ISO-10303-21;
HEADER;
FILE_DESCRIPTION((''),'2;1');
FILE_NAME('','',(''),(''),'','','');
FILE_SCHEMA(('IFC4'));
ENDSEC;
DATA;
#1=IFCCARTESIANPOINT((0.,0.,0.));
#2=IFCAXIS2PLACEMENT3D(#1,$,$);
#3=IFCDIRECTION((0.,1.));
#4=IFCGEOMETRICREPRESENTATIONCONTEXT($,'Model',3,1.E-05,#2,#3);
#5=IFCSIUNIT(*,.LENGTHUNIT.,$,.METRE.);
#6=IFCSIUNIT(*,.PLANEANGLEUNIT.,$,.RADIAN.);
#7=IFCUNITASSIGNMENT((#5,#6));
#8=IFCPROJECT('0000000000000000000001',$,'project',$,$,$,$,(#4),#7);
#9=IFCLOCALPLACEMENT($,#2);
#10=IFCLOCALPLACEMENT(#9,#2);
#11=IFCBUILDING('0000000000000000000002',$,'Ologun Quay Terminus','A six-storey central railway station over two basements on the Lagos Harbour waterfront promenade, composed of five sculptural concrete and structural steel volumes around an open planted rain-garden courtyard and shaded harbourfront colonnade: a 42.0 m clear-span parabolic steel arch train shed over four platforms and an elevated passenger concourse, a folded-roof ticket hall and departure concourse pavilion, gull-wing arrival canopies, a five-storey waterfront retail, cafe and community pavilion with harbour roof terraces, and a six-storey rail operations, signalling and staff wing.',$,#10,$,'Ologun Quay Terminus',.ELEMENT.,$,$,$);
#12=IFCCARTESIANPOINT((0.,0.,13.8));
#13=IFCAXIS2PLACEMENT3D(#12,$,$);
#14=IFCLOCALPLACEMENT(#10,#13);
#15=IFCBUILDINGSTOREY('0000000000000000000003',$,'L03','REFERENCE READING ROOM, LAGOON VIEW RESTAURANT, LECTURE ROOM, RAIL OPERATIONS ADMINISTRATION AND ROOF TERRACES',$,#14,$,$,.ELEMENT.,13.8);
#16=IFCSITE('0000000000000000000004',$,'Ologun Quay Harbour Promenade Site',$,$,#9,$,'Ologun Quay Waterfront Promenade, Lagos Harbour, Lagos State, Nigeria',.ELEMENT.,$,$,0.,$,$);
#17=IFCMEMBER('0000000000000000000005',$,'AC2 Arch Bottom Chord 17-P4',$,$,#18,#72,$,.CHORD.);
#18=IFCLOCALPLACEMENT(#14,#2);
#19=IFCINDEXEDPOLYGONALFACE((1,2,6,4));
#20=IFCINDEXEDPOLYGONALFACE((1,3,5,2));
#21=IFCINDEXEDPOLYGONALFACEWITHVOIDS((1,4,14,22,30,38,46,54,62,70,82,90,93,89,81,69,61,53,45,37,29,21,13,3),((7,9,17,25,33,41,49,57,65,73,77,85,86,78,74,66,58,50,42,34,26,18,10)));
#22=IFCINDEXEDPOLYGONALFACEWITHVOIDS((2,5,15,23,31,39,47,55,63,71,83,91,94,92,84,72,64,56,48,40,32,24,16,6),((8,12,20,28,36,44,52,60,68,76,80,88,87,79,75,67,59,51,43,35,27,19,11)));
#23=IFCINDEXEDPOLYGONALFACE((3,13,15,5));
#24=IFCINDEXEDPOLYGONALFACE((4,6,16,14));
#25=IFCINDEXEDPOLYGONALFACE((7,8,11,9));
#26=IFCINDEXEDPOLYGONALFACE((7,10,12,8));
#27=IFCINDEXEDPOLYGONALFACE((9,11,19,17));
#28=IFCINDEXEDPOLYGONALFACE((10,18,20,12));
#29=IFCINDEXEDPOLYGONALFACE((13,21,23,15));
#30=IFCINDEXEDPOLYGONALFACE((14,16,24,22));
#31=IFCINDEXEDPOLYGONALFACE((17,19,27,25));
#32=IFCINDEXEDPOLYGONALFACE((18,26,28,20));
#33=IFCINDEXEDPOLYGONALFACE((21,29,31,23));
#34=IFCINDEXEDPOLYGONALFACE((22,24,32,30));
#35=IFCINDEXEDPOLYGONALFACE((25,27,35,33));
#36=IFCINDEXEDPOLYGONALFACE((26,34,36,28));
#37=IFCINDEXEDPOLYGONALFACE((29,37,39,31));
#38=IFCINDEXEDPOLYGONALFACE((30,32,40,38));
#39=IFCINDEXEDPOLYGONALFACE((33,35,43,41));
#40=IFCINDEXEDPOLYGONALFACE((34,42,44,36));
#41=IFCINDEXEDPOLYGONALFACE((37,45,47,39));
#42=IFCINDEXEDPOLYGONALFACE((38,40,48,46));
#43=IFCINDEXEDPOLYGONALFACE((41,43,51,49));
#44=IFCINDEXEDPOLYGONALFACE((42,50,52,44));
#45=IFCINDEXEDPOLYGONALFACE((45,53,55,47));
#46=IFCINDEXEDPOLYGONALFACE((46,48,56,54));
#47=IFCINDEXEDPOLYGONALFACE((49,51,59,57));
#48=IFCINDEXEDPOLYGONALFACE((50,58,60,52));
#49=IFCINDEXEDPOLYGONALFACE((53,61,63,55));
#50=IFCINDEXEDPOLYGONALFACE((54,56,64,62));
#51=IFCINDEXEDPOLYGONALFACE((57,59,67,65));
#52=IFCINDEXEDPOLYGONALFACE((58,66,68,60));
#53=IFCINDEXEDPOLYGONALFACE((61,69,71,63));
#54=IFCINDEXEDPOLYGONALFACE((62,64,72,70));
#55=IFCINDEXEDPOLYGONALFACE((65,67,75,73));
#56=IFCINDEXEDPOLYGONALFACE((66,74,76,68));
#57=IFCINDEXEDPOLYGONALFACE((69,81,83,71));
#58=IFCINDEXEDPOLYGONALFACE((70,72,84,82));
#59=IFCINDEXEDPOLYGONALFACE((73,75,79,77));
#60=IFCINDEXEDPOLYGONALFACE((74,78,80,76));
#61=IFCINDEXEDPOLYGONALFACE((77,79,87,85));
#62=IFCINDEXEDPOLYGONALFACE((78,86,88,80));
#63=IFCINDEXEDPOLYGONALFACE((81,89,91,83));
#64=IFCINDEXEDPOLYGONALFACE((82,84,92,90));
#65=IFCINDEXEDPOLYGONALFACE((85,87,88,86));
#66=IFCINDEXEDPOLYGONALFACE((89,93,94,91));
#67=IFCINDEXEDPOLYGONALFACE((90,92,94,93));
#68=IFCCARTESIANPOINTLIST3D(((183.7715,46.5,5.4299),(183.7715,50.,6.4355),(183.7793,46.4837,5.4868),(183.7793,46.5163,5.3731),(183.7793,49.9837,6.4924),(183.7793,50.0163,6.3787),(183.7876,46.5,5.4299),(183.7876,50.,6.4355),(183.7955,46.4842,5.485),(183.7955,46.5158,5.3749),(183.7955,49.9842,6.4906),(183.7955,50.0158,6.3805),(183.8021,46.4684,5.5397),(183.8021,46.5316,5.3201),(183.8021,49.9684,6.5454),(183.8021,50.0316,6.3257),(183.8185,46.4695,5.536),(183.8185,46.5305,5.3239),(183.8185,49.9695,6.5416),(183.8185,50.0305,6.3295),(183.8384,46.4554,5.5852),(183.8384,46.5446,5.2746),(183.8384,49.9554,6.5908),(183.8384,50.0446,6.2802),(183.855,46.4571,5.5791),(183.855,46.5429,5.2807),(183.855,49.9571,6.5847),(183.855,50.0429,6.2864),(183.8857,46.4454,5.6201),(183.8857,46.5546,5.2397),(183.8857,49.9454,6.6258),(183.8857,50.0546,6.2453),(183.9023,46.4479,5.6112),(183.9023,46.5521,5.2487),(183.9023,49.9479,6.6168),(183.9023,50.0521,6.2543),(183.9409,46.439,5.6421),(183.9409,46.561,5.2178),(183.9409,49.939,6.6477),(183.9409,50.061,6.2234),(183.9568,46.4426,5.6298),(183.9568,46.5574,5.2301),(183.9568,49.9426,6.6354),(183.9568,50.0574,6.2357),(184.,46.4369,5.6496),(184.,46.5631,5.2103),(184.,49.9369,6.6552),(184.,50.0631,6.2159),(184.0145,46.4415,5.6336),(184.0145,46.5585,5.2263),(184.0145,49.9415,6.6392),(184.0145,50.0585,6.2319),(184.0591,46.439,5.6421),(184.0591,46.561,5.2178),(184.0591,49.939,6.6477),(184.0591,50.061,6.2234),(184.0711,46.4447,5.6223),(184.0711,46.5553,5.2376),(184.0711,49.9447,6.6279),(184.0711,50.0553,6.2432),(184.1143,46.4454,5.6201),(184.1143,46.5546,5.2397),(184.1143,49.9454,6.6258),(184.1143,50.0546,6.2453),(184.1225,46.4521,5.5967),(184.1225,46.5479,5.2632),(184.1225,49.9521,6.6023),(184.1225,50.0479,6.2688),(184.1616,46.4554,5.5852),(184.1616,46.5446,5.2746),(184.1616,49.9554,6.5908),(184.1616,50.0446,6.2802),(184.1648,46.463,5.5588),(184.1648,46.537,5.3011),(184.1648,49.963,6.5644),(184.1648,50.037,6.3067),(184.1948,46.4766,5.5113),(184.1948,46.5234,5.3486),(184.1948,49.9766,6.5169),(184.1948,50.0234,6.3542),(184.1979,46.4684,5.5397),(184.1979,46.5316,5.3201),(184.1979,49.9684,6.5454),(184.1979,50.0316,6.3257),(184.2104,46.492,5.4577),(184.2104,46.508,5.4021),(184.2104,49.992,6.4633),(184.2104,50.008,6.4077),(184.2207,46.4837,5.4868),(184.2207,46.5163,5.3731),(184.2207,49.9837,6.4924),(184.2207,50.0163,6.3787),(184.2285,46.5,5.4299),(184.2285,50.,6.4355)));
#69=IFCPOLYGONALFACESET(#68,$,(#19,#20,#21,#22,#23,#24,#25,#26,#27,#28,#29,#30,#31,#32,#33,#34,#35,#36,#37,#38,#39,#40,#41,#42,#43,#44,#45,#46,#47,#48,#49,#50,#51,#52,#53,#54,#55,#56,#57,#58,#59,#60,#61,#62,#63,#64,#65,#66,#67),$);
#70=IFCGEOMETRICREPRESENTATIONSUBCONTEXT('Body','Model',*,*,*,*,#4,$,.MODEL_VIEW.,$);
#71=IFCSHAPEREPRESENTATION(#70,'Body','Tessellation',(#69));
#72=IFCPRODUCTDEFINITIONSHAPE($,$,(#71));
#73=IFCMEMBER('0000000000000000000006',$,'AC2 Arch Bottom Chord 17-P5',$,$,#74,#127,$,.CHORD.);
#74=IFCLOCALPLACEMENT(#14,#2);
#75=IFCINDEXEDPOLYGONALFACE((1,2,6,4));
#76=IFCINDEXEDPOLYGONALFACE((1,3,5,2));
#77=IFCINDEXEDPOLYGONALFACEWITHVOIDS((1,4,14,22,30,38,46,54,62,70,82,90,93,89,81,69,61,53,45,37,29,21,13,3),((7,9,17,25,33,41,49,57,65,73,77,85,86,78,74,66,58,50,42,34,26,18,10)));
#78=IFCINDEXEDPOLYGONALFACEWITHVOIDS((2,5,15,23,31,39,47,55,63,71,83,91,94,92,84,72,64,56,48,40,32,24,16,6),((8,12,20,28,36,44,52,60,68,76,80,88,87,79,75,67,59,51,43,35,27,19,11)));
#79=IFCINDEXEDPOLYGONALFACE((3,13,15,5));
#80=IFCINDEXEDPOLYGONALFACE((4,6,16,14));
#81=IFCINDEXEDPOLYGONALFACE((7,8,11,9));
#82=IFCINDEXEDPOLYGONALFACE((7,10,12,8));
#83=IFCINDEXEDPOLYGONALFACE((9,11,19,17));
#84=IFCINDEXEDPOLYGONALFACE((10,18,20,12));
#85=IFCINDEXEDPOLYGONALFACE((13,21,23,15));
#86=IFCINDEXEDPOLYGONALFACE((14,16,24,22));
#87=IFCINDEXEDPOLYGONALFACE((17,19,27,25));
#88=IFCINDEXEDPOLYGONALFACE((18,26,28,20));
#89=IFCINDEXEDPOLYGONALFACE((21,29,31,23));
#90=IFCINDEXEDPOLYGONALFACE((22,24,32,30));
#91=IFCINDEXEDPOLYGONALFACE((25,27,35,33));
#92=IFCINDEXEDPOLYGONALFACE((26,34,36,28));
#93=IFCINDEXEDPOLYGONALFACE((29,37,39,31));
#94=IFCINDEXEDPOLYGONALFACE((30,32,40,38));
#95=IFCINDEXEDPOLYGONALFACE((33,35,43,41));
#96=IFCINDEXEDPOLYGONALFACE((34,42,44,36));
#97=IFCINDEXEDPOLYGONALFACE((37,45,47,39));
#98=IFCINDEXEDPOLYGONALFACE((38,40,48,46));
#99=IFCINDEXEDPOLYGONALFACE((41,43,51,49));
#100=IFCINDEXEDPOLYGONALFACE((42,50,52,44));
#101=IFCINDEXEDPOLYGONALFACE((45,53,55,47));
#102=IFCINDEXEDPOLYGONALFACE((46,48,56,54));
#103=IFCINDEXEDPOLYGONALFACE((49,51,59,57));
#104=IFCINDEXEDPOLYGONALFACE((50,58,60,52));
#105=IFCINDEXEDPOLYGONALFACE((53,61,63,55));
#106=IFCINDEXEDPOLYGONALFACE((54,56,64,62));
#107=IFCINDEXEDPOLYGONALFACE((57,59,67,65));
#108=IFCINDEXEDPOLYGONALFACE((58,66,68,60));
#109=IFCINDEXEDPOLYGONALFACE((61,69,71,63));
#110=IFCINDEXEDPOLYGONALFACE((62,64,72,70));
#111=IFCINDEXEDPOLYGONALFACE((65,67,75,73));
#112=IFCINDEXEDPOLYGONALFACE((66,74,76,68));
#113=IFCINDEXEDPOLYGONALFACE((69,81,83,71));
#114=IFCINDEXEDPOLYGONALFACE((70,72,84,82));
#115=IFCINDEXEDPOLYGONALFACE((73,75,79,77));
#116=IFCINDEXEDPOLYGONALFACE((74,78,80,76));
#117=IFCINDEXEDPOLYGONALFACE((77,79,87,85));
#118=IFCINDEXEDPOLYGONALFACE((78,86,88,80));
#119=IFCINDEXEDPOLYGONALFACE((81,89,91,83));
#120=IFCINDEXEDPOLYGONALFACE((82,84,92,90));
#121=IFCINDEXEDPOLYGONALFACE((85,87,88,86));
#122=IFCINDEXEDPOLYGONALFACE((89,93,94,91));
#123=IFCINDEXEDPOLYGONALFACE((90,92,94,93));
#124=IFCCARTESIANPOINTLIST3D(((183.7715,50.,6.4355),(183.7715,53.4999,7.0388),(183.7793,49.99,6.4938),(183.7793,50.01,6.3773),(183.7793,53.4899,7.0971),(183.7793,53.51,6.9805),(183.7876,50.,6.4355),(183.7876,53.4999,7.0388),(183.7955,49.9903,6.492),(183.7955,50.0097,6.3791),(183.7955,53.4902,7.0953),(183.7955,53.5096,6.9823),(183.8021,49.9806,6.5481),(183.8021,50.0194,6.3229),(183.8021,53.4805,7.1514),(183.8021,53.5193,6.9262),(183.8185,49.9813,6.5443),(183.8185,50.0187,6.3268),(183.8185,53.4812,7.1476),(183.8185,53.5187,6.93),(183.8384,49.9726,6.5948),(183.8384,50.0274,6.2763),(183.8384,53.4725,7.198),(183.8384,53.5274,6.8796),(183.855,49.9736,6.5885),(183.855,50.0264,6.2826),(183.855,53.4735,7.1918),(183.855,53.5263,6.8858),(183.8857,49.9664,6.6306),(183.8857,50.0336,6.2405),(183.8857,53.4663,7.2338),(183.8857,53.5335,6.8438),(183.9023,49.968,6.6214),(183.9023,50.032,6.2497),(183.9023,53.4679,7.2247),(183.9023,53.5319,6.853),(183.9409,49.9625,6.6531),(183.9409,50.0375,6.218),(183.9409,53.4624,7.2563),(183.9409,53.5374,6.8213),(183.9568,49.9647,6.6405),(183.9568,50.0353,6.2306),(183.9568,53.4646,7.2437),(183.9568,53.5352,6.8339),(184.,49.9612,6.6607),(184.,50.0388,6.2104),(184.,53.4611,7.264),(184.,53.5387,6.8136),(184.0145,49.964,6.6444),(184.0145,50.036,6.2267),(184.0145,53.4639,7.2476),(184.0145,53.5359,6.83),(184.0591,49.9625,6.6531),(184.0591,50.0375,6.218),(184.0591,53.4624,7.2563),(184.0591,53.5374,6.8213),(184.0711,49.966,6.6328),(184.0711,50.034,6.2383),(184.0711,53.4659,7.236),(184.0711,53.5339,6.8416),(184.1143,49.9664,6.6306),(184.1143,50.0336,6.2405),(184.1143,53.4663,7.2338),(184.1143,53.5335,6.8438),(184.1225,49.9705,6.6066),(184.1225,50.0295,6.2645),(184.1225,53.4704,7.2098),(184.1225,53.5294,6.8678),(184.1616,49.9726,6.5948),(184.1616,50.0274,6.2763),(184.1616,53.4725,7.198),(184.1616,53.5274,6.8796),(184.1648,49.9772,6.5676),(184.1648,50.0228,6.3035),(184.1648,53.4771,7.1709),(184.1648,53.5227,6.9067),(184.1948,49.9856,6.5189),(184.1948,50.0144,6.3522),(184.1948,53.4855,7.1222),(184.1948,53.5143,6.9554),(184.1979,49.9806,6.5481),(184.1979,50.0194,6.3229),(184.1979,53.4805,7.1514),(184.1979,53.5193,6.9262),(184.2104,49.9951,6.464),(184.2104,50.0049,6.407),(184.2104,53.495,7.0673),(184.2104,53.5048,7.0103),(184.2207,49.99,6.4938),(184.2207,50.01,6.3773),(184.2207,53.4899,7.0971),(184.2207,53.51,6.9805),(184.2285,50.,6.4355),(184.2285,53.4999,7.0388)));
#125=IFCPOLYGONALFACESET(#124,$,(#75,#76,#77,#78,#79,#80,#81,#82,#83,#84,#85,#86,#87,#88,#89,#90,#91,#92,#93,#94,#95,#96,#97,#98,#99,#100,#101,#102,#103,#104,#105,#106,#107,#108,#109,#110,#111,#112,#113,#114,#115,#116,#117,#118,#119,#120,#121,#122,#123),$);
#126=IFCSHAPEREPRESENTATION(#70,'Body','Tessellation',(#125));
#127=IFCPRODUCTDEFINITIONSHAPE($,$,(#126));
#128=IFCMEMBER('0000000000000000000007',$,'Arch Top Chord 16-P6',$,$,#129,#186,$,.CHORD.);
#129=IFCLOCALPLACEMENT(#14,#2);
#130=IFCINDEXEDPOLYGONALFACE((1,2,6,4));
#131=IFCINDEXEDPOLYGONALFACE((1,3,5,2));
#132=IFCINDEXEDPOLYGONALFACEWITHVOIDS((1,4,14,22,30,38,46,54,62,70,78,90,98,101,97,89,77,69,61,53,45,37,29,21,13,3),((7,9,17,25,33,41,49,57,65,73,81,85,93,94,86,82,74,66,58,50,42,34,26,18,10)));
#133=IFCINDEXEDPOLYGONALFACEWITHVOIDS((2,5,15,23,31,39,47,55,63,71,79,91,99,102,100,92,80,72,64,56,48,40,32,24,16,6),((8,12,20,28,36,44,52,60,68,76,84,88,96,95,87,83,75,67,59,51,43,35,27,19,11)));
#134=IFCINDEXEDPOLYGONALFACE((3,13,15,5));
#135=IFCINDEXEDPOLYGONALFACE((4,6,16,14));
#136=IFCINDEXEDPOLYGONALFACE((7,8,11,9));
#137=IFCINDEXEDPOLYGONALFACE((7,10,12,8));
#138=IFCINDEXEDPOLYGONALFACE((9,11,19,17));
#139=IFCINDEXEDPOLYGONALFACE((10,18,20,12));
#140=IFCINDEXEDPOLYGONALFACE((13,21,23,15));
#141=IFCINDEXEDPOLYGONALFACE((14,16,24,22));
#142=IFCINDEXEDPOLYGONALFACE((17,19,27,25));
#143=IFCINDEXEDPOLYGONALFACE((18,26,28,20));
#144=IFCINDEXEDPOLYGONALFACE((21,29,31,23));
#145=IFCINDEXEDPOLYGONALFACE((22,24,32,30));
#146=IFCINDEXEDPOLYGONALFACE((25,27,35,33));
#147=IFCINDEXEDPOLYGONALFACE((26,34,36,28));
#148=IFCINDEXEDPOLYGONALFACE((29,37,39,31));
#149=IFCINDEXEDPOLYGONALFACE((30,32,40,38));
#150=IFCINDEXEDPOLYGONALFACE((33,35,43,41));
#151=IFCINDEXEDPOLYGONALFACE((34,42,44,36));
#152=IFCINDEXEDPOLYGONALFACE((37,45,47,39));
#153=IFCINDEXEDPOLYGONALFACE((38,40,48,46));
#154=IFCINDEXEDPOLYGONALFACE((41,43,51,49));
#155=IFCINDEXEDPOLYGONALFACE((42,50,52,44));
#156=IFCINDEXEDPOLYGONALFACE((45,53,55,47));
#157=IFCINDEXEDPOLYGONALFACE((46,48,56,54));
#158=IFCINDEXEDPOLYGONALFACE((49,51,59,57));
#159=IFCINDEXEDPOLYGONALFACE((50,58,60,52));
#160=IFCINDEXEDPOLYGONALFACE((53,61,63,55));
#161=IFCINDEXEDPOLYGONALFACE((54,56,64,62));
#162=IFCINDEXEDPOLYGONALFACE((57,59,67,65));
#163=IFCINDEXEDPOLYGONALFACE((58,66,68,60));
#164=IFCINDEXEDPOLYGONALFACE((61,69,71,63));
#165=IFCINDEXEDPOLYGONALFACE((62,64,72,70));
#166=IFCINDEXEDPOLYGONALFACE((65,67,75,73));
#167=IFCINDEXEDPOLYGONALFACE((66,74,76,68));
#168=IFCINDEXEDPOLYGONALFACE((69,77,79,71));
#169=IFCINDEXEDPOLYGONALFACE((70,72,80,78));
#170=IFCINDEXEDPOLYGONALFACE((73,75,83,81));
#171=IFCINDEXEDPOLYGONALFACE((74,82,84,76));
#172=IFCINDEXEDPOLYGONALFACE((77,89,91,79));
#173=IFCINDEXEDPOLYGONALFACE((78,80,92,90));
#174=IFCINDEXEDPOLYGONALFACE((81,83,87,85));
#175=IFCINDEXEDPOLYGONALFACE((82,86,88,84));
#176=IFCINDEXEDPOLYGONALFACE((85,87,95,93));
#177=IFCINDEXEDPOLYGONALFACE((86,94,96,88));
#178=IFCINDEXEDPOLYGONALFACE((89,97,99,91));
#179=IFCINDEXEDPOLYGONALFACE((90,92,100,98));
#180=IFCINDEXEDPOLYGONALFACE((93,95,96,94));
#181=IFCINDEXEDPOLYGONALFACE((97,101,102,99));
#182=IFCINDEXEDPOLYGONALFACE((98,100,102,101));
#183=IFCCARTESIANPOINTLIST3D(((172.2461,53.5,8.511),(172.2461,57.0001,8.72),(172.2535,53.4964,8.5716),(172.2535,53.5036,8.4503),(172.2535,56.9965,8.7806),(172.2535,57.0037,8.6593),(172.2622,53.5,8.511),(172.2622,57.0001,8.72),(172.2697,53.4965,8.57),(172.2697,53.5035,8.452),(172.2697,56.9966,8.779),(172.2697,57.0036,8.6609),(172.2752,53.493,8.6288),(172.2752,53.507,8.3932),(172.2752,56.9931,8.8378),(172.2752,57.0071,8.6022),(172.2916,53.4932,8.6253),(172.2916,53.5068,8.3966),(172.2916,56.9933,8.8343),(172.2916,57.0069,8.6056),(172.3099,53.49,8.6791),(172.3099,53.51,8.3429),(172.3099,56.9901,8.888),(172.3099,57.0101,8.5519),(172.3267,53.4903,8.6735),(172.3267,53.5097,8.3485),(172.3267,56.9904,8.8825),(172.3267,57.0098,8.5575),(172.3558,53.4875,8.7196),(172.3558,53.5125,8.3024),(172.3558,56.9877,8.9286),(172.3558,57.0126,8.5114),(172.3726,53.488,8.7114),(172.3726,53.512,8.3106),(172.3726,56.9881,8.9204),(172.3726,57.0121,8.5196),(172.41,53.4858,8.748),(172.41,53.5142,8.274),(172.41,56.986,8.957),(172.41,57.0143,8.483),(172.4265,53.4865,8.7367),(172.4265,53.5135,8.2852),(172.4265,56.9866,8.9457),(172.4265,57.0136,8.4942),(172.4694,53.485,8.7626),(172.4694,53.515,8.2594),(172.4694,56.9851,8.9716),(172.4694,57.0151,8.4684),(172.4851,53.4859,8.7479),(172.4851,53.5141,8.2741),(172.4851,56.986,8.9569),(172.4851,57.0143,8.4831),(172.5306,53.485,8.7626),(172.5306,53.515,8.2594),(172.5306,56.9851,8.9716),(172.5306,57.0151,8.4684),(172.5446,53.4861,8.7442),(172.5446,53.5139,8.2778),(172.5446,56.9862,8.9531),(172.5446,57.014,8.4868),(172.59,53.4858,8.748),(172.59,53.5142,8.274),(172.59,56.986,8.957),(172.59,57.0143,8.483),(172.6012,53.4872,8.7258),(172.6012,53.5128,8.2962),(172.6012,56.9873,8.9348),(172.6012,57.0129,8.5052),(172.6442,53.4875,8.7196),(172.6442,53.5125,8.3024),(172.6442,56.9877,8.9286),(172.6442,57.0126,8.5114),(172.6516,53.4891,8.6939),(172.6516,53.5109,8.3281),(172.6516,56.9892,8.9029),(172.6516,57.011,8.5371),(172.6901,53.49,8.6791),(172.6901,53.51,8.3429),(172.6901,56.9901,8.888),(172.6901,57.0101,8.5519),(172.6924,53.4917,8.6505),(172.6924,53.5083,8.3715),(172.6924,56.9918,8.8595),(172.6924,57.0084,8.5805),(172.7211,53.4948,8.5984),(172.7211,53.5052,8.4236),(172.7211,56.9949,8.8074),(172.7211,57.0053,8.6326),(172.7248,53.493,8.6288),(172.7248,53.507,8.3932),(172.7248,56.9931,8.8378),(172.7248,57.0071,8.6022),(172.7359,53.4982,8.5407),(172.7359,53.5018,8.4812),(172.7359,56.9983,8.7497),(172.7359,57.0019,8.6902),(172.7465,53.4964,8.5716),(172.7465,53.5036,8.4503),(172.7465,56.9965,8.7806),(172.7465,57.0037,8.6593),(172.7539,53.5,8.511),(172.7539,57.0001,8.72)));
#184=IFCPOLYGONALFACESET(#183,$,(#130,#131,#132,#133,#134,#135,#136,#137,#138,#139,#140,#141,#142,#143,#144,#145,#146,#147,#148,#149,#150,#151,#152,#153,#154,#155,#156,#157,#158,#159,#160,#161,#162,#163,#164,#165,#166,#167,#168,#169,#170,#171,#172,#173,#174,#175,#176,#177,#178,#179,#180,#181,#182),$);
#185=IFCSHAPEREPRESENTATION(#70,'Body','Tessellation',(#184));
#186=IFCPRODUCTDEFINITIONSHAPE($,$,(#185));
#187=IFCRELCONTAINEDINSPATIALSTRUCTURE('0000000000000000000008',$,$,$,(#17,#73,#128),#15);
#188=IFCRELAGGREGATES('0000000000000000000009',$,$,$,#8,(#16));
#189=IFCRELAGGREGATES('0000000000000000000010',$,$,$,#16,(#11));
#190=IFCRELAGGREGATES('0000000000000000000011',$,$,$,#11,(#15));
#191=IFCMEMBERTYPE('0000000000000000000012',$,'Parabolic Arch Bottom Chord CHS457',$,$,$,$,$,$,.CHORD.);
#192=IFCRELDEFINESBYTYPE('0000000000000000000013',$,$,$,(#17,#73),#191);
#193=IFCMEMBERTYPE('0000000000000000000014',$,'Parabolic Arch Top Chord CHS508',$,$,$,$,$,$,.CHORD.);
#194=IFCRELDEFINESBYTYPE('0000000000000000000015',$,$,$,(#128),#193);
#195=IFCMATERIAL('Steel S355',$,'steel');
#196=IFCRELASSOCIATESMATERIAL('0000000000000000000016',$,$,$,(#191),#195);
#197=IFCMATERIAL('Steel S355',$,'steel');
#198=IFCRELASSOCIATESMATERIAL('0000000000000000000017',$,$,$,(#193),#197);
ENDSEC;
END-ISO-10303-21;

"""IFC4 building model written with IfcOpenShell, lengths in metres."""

from ifc_helpers import new_model, si_unit, direction, frame, origin, origin_2d, place, context, subcontext, project, spatial, hollow_circle, extrude, material, material_profile, profile_set, type_object, element, save


model = new_model("IFC4")

# Units and contexts
model_context = context("Model", 3, precision=1e-05, world=origin(), true_north=direction((0.0, 1.0)))
body_context = subcontext(model_context, "Body", "Model", "MODEL_VIEW")
ifc_project = project(units=[si_unit("LENGTHUNIT", "METRE"), si_unit("PLANEANGLEUNIT", "RADIAN")], contexts=[model_context])

# Site, building, storey
site_placement = place(None, origin())
site = spatial("IfcSite", under=ifc_project, at=site_placement, Name="Ologun Quay Harbour Promenade Site", LongName="Ologun Quay Waterfront Promenade, Lagos Harbour, Lagos State, Nigeria", CompositionType="ELEMENT", RefElevation=0.0)
building_placement = place(site_placement, origin())
building = spatial("IfcBuilding", under=site, at=building_placement, Name="Ologun Quay Terminus", Description="A six-storey central railway station over two basements on the Lagos Harbour waterfront promenade, composed of five sculptural concrete and structural steel volumes around an open planted rain-garden courtyard and shaded harbourfront colonnade: a 42.0 m clear-span parabolic steel arch train shed over four platforms and an elevated passenger concourse, a folded-roof ticket hall and departure concourse pavilion, gull-wing arrival canopies, a five-storey waterfront retail, cafe and community pavilion with harbour roof terraces, and a six-storey rail operations, signalling and staff wing.", LongName="Ologun Quay Terminus", CompositionType="ELEMENT")
storey_placement = place(building_placement, frame((0.0, 0.0, 13.8)))
storey = spatial("IfcBuildingStorey", under=building, at=storey_placement, Name="L03", Description="REFERENCE READING ROOM, LAGOON VIEW RESTAURANT, LECTURE ROOM, RAIL OPERATIONS ADMINISTRATION AND ROOF TERRACES", CompositionType="ELEMENT", Elevation=13.8)

# Members
ifc_material_1 = material(Name="Steel S355", Category="steel")
ifc_material_profile_1 = material_profile(ifc_material_1, hollow_circle(Radius=0.2285, WallThickness=0.0161, at=origin_2d()), Name="CHS 457x16")
ifc_profile_set_1 = profile_set([ifc_material_profile_1], Name="Steel S355")
member_type_1 = type_object("IfcMemberType", Name="Parabolic Arch Bottom Chord CHS457", PredefinedType="CHORD", material=ifc_profile_set_1)
member_1_placement = place(storey_placement, frame((184.0, 46.5, 5.4299), z_axis=(0.0, 0.961116, 0.276146), x_axis=(-1.0, 0.0, 0.0)))
element("IfcMember", 1, at=member_1_placement, inside=storey, type_object=member_type_1, Name="AC2 Arch Bottom Chord 17-P4", PredefinedType="CHORD", context=body_context, shape_type="SweptSolid", body=[
    extrude(hollow_circle(Radius=0.2285, WallThickness=0.0161, at=origin_2d()), origin(), (0.0, 0.0, 1.0), 3.6416),
])
member_2_placement = place(storey_placement, frame((184.0, 50.0, 6.4355), z_axis=(0.0, 0.985468, 0.169859), x_axis=(-1.0, 0.0, 0.0)))
element("IfcMember", 2, at=member_2_placement, inside=storey, type_object=member_type_1, Name="AC2 Arch Bottom Chord 17-P5", PredefinedType="CHORD", context=body_context, shape_type="SweptSolid", body=[
    extrude(hollow_circle(Radius=0.2285, WallThickness=0.0161, at=origin_2d()), origin(), (0.0, 0.0, 1.0), 3.5515),
])
ifc_material_2 = material(Name="Steel S355", Category="steel")
ifc_material_profile_2 = material_profile(ifc_material_2, hollow_circle(Radius=0.2539, WallThickness=0.0161, at=origin_2d()), Name="CHS 508x16")
ifc_profile_set_2 = profile_set([ifc_material_profile_2], Name="Steel S355")
member_type_2 = type_object("IfcMemberType", Name="Parabolic Arch Top Chord CHS508", PredefinedType="CHORD", material=ifc_profile_set_2)
member_3_placement = place(storey_placement, frame((172.5, 53.5, 8.511), z_axis=(0.0, 0.998222, 0.059604), x_axis=(-1.0, 0.0, 0.0)))
element("IfcMember", 3, at=member_3_placement, inside=storey, type_object=member_type_2, Name="Arch Top Chord 16-P6", PredefinedType="CHORD", context=body_context, shape_type="SweptSolid", body=[
    extrude(hollow_circle(Radius=0.2539, WallThickness=0.0161, at=origin_2d()), origin(), (0.0, 0.0, 1.0), 3.5063),
])

save(model, "model.ifc")
